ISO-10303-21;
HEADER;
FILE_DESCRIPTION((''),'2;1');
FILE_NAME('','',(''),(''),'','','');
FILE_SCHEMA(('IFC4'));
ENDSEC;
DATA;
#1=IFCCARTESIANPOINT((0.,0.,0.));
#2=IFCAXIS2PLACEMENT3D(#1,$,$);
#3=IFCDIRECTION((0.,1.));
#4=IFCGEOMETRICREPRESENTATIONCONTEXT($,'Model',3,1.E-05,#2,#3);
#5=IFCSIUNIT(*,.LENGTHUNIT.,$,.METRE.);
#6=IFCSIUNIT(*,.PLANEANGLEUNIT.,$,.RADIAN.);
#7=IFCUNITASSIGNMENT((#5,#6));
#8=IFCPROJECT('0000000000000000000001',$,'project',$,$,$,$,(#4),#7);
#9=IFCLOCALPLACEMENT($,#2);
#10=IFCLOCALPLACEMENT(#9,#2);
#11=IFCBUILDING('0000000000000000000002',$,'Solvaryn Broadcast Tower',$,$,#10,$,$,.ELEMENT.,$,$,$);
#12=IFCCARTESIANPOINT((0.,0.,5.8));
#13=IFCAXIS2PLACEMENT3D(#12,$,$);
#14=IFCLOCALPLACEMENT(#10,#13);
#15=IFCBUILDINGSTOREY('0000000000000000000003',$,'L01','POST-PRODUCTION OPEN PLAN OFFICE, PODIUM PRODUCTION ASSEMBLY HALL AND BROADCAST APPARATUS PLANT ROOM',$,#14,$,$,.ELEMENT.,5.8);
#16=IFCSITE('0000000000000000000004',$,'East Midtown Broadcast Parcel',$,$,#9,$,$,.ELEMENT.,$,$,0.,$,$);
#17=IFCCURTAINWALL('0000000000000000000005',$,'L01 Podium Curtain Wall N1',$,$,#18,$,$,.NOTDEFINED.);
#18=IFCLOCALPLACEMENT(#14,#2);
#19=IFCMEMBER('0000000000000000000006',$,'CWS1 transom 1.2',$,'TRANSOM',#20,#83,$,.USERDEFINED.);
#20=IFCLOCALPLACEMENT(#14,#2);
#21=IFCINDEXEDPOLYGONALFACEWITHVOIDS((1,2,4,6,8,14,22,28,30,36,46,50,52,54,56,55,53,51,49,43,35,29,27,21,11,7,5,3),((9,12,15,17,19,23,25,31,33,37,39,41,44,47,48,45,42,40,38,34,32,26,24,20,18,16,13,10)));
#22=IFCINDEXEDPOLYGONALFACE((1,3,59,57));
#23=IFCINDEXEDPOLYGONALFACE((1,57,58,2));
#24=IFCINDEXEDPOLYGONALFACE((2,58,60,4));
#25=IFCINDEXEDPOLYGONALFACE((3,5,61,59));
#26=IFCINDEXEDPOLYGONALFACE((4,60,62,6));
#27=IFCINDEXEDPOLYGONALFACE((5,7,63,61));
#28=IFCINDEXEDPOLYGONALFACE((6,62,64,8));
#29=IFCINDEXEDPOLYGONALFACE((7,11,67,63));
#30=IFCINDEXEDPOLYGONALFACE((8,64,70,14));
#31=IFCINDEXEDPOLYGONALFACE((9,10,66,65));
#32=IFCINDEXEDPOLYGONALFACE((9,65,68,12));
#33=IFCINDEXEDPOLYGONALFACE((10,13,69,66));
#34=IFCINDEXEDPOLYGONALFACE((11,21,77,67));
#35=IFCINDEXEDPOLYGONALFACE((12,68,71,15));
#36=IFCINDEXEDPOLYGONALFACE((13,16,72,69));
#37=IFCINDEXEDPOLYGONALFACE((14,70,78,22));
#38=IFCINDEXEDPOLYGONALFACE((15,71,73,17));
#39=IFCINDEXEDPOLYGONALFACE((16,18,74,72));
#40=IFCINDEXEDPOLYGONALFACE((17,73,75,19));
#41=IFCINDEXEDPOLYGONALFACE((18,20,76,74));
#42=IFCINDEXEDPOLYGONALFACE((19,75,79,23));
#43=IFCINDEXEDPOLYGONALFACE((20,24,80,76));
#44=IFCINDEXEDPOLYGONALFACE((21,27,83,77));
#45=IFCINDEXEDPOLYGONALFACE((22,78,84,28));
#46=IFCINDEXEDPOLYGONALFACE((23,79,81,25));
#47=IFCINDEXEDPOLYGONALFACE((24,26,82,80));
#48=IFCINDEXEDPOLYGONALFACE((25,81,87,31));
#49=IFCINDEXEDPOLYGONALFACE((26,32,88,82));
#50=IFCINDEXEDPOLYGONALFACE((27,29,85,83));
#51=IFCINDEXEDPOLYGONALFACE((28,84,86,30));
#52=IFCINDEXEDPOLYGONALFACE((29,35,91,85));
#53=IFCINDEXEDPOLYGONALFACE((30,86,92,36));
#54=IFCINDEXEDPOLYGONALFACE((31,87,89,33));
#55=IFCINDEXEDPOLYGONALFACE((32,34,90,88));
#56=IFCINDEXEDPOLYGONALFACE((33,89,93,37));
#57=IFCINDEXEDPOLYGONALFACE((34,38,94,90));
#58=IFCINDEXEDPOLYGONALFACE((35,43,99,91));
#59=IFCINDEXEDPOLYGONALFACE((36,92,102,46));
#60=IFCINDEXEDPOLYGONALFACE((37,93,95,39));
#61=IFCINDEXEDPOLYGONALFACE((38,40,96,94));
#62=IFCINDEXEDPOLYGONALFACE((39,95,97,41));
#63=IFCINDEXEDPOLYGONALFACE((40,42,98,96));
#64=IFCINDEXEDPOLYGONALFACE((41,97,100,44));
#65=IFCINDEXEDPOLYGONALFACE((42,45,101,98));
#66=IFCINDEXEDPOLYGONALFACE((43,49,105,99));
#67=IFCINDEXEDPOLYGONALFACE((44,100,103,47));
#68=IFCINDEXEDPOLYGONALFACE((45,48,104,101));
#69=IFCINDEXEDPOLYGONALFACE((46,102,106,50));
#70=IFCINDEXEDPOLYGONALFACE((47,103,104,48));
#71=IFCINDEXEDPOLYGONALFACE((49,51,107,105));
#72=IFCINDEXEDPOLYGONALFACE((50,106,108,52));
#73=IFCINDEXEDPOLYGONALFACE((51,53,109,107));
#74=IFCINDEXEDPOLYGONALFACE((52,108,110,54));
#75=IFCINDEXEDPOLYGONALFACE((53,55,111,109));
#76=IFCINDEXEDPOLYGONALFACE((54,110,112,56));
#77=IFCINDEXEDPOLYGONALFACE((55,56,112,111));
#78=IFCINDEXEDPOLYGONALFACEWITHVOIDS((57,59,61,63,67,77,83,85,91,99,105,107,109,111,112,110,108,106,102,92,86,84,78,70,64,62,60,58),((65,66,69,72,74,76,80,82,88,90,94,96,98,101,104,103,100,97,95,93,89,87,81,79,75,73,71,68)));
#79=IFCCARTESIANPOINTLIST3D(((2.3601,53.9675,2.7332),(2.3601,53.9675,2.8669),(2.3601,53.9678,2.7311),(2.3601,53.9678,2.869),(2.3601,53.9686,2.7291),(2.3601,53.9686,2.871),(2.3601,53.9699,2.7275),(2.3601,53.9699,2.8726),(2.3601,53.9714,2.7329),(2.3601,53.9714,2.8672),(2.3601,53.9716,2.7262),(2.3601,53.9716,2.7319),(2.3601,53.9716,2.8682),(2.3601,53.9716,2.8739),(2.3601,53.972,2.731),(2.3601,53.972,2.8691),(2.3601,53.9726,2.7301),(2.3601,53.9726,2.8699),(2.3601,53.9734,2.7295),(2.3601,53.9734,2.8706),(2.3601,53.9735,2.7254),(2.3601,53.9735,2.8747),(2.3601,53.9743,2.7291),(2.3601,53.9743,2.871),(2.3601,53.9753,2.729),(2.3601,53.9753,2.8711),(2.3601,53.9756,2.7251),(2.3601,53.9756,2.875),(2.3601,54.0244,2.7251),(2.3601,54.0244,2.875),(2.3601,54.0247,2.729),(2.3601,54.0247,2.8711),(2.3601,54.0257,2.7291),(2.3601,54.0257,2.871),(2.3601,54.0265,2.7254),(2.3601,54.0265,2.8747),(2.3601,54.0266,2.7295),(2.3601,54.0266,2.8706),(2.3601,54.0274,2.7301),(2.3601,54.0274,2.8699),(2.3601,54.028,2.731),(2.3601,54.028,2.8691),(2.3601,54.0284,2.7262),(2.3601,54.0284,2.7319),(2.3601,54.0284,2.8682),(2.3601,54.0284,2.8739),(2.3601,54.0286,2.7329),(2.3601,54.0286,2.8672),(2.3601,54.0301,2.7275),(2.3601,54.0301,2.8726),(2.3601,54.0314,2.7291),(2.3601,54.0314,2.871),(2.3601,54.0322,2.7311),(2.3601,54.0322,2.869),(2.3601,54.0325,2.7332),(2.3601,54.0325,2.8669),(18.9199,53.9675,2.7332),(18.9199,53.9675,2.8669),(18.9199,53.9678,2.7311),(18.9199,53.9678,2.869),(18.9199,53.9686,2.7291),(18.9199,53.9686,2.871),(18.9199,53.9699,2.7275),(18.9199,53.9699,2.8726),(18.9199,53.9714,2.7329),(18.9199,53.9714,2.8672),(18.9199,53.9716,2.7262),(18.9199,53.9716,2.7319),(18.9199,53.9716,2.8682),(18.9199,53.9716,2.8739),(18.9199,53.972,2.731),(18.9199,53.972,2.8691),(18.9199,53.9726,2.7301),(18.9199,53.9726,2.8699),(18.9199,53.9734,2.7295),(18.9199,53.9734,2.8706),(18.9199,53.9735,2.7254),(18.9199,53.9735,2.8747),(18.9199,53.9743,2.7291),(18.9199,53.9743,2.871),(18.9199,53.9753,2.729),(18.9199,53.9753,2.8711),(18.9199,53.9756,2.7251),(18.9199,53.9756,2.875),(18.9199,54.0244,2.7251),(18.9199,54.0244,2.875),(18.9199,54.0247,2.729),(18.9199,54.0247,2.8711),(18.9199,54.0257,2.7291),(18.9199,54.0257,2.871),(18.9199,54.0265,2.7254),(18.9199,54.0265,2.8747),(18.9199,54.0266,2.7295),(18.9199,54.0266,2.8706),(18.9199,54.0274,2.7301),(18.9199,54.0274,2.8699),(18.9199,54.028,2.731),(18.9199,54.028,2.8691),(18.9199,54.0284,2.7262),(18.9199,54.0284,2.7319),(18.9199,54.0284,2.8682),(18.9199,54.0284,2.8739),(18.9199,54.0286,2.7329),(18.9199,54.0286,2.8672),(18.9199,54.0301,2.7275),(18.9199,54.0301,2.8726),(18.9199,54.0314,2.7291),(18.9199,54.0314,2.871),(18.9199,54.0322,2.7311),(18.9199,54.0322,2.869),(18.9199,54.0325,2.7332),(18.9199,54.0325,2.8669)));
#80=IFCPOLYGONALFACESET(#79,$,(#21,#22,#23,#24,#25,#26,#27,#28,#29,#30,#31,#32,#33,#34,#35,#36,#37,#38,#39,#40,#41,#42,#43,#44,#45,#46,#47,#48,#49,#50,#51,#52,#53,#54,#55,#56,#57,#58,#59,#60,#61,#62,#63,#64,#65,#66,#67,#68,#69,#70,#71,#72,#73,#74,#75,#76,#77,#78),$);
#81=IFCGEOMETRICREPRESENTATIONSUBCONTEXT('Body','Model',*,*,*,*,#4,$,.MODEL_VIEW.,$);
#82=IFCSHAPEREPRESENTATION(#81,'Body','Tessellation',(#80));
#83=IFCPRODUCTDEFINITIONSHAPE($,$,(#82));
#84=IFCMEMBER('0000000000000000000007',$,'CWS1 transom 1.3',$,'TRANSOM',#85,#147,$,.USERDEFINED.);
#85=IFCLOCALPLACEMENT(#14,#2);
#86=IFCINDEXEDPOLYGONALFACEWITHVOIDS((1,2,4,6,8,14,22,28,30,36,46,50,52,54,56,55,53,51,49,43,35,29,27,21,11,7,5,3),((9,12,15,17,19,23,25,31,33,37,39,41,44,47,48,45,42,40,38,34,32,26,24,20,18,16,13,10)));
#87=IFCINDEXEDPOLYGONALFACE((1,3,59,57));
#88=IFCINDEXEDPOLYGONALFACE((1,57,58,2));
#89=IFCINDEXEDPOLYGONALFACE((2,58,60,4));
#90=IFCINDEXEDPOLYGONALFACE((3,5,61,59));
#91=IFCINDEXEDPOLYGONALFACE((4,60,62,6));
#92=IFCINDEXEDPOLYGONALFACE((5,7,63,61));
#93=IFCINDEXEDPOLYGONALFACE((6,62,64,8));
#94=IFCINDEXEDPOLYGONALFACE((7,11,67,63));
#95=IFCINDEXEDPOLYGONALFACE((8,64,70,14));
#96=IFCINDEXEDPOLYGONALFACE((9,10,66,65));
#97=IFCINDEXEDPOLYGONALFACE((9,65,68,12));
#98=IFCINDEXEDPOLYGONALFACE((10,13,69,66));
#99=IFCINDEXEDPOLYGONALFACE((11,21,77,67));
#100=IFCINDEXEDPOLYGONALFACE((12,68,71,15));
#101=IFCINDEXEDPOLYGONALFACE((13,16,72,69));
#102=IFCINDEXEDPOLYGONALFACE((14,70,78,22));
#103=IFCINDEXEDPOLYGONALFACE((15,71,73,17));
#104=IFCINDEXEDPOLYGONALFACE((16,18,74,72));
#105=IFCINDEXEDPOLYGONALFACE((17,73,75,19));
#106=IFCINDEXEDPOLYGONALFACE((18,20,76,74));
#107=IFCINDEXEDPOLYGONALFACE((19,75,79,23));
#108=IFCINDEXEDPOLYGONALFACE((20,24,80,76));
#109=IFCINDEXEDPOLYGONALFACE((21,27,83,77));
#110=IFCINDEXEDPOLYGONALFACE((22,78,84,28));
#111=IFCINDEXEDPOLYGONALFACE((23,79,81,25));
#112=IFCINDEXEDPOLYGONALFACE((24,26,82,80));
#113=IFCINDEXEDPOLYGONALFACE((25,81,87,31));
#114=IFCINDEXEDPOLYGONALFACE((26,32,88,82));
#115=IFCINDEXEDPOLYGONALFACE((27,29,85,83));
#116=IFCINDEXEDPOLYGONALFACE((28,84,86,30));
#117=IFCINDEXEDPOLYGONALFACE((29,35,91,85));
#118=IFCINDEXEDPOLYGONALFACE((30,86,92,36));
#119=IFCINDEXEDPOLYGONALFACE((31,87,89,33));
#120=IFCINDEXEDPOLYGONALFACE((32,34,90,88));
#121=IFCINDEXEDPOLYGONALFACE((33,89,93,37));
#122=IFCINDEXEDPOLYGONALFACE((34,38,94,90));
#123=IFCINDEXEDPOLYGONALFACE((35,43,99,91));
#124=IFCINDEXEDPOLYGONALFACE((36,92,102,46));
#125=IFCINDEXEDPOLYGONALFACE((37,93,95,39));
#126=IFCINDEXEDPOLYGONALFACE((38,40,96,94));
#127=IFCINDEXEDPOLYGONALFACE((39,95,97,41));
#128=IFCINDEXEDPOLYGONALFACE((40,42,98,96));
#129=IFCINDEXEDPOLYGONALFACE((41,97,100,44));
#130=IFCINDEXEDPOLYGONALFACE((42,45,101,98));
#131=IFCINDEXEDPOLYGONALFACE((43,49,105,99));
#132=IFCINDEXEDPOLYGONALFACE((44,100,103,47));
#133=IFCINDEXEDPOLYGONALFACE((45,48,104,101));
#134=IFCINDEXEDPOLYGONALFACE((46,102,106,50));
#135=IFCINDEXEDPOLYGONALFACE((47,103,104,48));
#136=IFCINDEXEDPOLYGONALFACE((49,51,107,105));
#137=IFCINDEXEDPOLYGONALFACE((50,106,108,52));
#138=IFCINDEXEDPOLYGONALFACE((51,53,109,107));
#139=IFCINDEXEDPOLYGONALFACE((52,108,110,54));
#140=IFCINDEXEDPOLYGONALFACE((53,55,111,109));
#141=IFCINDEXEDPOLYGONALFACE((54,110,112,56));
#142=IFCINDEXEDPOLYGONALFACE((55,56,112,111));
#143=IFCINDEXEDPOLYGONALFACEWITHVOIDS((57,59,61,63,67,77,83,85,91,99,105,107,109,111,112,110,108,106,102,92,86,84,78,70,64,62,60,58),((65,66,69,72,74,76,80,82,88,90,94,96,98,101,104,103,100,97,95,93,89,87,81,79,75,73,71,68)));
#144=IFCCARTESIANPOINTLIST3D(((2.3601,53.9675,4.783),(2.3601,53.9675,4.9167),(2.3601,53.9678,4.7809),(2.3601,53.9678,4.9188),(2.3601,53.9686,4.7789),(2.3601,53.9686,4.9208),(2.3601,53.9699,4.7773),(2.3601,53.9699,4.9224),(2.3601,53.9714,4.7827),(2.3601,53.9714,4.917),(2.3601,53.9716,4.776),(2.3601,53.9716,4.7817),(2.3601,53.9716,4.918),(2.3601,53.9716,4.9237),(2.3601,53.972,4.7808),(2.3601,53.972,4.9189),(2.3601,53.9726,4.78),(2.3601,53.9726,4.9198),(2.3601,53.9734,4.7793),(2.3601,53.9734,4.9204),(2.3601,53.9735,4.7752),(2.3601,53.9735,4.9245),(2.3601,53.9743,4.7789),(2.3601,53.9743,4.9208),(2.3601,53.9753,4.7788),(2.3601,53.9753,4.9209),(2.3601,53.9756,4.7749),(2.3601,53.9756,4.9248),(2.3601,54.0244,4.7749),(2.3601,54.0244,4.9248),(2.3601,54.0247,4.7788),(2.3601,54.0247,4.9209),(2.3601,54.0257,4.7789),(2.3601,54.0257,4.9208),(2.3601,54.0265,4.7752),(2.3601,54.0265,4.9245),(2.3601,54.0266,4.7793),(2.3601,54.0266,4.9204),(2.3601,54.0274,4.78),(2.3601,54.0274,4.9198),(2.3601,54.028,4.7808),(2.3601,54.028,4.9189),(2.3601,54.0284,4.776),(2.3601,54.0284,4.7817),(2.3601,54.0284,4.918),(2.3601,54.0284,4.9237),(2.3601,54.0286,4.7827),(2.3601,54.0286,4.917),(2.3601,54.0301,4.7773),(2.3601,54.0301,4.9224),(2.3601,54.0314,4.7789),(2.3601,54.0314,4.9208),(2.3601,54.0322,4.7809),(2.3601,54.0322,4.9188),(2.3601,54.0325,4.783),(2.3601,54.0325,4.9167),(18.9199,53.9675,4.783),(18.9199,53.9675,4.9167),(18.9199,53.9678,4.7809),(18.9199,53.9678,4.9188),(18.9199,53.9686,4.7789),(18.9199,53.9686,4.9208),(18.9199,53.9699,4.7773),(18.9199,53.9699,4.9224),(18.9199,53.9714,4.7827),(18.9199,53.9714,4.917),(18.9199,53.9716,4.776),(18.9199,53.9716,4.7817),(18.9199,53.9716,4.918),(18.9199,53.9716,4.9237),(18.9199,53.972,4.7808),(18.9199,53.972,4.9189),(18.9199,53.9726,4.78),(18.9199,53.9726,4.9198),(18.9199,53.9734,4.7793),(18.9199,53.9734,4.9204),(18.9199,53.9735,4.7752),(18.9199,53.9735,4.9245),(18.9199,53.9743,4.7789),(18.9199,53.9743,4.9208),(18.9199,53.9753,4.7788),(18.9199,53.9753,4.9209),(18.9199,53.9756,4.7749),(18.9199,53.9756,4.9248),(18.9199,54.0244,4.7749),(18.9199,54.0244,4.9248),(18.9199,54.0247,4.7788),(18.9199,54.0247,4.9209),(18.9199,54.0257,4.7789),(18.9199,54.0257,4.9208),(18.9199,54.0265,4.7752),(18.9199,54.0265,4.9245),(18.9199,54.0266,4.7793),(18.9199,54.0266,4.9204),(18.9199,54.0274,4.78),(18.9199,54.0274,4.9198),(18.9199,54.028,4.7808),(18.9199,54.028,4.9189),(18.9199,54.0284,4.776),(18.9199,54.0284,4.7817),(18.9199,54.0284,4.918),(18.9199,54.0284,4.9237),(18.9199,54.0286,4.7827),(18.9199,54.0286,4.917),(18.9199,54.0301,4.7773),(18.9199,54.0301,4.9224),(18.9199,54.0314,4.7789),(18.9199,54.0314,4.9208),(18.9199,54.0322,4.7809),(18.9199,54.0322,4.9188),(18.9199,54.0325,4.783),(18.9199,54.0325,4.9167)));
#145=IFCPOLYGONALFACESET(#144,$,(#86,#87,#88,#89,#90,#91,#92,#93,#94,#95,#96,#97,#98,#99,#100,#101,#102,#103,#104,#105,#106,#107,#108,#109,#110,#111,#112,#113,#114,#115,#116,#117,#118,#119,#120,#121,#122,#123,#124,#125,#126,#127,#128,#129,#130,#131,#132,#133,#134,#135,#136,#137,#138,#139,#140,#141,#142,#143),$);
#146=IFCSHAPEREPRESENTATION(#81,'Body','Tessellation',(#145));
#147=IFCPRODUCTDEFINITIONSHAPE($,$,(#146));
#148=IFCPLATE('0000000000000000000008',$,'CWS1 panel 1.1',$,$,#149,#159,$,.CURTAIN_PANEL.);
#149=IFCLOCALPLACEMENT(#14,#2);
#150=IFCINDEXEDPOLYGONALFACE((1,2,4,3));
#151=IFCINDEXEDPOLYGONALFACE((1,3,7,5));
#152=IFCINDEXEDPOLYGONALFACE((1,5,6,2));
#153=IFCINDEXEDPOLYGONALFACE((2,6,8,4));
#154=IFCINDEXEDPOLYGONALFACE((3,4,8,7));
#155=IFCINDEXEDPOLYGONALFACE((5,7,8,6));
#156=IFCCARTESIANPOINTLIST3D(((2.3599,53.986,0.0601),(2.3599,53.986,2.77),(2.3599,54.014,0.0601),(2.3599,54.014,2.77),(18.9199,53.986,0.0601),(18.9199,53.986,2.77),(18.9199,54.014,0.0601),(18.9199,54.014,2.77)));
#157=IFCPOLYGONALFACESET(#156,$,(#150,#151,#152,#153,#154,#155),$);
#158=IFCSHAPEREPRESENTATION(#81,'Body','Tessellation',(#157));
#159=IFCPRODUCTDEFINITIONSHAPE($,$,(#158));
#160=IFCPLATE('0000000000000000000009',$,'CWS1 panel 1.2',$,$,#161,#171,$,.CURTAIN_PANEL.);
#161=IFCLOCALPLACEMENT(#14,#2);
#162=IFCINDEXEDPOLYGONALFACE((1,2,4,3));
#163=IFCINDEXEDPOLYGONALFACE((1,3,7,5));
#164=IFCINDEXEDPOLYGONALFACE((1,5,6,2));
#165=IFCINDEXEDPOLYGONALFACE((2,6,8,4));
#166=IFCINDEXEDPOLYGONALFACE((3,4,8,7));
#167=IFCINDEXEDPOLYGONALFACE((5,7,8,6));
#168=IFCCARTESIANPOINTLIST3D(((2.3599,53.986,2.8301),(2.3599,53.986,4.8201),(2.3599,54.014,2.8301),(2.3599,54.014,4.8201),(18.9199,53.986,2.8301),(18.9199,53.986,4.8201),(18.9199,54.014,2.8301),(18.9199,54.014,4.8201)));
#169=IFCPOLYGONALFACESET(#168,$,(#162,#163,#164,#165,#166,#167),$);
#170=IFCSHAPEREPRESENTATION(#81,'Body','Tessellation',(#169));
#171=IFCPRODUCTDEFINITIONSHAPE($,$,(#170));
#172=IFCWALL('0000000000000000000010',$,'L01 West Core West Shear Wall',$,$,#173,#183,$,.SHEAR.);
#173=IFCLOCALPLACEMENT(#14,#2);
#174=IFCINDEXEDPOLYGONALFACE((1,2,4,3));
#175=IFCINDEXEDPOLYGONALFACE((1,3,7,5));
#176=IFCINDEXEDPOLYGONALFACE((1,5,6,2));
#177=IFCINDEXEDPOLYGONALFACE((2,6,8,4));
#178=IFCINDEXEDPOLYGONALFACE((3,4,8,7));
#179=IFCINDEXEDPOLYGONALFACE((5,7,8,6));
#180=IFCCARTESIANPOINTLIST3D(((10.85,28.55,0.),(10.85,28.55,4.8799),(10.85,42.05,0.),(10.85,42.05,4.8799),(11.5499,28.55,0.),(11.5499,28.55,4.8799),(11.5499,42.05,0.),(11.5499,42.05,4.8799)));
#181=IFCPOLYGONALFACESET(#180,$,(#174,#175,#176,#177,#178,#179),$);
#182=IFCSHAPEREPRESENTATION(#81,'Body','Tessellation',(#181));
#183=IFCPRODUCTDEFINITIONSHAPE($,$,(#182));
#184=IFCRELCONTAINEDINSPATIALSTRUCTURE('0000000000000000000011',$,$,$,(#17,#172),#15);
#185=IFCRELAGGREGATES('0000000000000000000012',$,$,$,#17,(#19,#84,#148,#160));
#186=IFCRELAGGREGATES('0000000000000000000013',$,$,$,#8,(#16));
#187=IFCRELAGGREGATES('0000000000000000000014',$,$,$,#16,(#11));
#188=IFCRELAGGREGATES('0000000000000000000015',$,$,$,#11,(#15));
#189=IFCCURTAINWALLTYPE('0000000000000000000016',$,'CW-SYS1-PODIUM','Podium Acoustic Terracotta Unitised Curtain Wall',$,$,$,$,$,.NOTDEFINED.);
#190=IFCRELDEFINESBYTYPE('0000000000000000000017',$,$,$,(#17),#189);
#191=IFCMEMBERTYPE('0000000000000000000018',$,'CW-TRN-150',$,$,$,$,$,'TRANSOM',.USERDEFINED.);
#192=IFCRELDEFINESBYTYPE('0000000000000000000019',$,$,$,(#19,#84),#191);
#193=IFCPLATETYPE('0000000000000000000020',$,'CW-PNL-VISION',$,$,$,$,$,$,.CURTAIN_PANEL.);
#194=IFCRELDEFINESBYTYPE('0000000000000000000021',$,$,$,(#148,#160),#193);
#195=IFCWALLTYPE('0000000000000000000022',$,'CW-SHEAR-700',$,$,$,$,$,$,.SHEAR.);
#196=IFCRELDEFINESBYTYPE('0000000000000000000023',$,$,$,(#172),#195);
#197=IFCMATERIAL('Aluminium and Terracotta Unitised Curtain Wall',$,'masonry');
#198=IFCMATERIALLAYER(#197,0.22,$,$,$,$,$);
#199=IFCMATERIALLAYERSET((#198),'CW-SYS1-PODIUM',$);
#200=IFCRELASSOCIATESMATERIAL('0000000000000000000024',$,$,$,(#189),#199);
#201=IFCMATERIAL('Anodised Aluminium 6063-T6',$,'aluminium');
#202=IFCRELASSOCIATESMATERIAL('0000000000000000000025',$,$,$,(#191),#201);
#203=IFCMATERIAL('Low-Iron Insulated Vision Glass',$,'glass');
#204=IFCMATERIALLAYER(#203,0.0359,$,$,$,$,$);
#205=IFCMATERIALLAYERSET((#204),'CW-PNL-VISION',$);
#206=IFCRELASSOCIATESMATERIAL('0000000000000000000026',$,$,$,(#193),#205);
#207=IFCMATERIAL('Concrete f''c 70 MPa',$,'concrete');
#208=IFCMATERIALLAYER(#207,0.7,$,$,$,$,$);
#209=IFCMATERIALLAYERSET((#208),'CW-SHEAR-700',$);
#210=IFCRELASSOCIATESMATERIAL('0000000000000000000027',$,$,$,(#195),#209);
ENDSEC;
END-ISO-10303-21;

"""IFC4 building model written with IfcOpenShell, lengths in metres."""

from ifc_helpers import new_model, si_unit, direction, frame, frame_2d, origin, origin_2d, place, context, subcontext, project, spatial, rectangle, hollow_rectangle, extrude, material, layer, layer_set, material_profile, profile_set, type_object, element, aggregate, save


model = new_model("IFC4")

# Units and contexts
model_context = context("Model", 3, precision=1e-05, world=origin(), true_north=direction((0.0, 1.0)))
body_context = subcontext(model_context, "Body", "Model", "MODEL_VIEW")
ifc_project = project(units=[si_unit("LENGTHUNIT", "METRE"), si_unit("PLANEANGLEUNIT", "RADIAN")], contexts=[model_context])

# Site, building, storey
site_placement = place(None, origin())
site = spatial("IfcSite", under=ifc_project, at=site_placement, Name="East Midtown Broadcast Parcel", CompositionType="ELEMENT", RefElevation=0.0)
building_placement = place(site_placement, origin())
building = spatial("IfcBuilding", under=site, at=building_placement, Name="Solvaryn Broadcast Tower", CompositionType="ELEMENT")
storey_placement = place(building_placement, frame((0.0, 0.0, 5.8)))
storey = spatial("IfcBuildingStorey", under=building, at=storey_placement, Name="L01", Description="POST-PRODUCTION OPEN PLAN OFFICE, PODIUM PRODUCTION ASSEMBLY HALL AND BROADCAST APPARATUS PLANT ROOM", CompositionType="ELEMENT", Elevation=5.8)

# Curtain wall, members, plates
ifc_material_1 = material(Name="Aluminium and Terracotta Unitised Curtain Wall", Category="masonry")
ifc_layer_1 = layer(ifc_material_1, 0.22)
ifc_layer_set_1 = layer_set([ifc_layer_1], Name="CW-SYS1-PODIUM")
curtain_wall_type = type_object("IfcCurtainWallType", Name="CW-SYS1-PODIUM", Description="Podium Acoustic Terracotta Unitised Curtain Wall", PredefinedType="NOTDEFINED", material=ifc_layer_set_1)
curtain_wall_placement = place(storey_placement, origin())
curtain_wall = element("IfcCurtainWall", 1, at=curtain_wall_placement, inside=storey, type_object=curtain_wall_type, Name="L01 Podium Curtain Wall N1", PredefinedType="NOTDEFINED")
ifc_material_2 = material(Name="Anodised Aluminium 6063-T6", Category="aluminium")
ifc_material_profile_1 = material_profile(ifc_material_2, hollow_rectangle(XDim=0.0649, YDim=0.1499, WallThickness=0.0039, InnerFilletRadius=0.0039, OuterFilletRadius=0.0081, at=origin_2d()))
ifc_profile_set_1 = profile_set([ifc_material_profile_1], Name="Anodised Aluminium 6063-T6")
member_type_1 = type_object("IfcMemberType", Name="CW-TRN-150", ElementType="TRANSOM", PredefinedType="USERDEFINED", material=ifc_profile_set_1)
member_1_placement = place(storey_placement, frame((2.3601, 54.0, 2.8), z_axis=(1.0, 0.0, 0.0), x_axis=(0.0, 1.0, 0.0)))
member_1 = element("IfcMember", 2, at=member_1_placement, type_object=member_type_1, Name="CWS1 transom 1.2", ObjectType="TRANSOM", PredefinedType="USERDEFINED", context=body_context, shape_type="SweptSolid", body=[
    extrude(hollow_rectangle(XDim=0.0649, YDim=0.1499, WallThickness=0.0039, InnerFilletRadius=0.0039, OuterFilletRadius=0.0081, at=origin_2d()), origin(), (0.0, 0.0, 1.0), 16.5598),
])
member_2_placement = place(storey_placement, frame((2.3601, 54.0, 4.8499), z_axis=(1.0, 0.0, 0.0), x_axis=(0.0, 1.0, 0.0)))
member_2 = element("IfcMember", 3, at=member_2_placement, type_object=member_type_1, Name="CWS1 transom 1.3", ObjectType="TRANSOM", PredefinedType="USERDEFINED", context=body_context, shape_type="SweptSolid", body=[
    extrude(hollow_rectangle(XDim=0.0649, YDim=0.1499, WallThickness=0.0039, InnerFilletRadius=0.0039, OuterFilletRadius=0.0081, at=origin_2d()), origin(), (0.0, 0.0, 1.0), 16.5598),
])
ifc_material_3 = material(Name="Low-Iron Insulated Vision Glass", Category="glass")
ifc_layer_2 = layer(ifc_material_3, 0.0359)
ifc_layer_set_2 = layer_set([ifc_layer_2], Name="CW-PNL-VISION")
plate_type = type_object("IfcPlateType", Name="CW-PNL-VISION", PredefinedType="CURTAIN_PANEL", material=ifc_layer_set_2)
plate_1_placement = place(storey_placement, frame((10.6399, 54.0, 0.0601), z_axis=(0.0, 0.0, 1.0), x_axis=(1.0, 0.0, 0.0)))
plate_1 = element("IfcPlate", 4, at=plate_1_placement, type_object=plate_type, Name="CWS1 panel 1.1", PredefinedType="CURTAIN_PANEL", context=body_context, shape_type="SweptSolid", body=[
    extrude(rectangle(XDim=16.5601, YDim=0.0281, at=origin_2d()), origin(), (0.0, 0.0, 1.0), 2.71),
])
plate_2_placement = place(storey_placement, frame((10.6399, 54.0, 2.8301), z_axis=(0.0, 0.0, 1.0), x_axis=(1.0, 0.0, 0.0)))
plate_2 = element("IfcPlate", 5, at=plate_2_placement, type_object=plate_type, Name="CWS1 panel 1.2", PredefinedType="CURTAIN_PANEL", context=body_context, shape_type="SweptSolid", body=[
    extrude(rectangle(XDim=16.5601, YDim=0.0281, at=origin_2d()), origin(), (0.0, 0.0, 1.0), 1.99),
])
aggregate(curtain_wall, [member_1, member_2, plate_1, plate_2])

# Wall
ifc_material_4 = material(Name="Concrete f'c 70 MPa", Category="concrete")
ifc_layer_3 = layer(ifc_material_4, 0.7)
ifc_layer_set_3 = layer_set([ifc_layer_3], Name="CW-SHEAR-700")
wall_type_1 = type_object("IfcWallType", Name="CW-SHEAR-700", PredefinedType="SHEAR", material=ifc_layer_set_3)
wall_1_placement = place(storey_placement, frame((11.2, 42.05, 0.0), z_axis=(0.0, 0.0, 1.0), x_axis=(0.0, -1.0, 0.0)))
element("IfcWall", 6, at=wall_1_placement, inside=storey, type_object=wall_type_1, Name="L01 West Core West Shear Wall", PredefinedType="SHEAR", context=body_context, shape_type="SweptSolid", body=[
    extrude(rectangle(XDim=13.5, YDim=0.7, at=frame_2d((6.75, 0.0))), origin(), (0.0, 0.0, 1.0), 4.8799),
])

save(model, "model.ifc")
